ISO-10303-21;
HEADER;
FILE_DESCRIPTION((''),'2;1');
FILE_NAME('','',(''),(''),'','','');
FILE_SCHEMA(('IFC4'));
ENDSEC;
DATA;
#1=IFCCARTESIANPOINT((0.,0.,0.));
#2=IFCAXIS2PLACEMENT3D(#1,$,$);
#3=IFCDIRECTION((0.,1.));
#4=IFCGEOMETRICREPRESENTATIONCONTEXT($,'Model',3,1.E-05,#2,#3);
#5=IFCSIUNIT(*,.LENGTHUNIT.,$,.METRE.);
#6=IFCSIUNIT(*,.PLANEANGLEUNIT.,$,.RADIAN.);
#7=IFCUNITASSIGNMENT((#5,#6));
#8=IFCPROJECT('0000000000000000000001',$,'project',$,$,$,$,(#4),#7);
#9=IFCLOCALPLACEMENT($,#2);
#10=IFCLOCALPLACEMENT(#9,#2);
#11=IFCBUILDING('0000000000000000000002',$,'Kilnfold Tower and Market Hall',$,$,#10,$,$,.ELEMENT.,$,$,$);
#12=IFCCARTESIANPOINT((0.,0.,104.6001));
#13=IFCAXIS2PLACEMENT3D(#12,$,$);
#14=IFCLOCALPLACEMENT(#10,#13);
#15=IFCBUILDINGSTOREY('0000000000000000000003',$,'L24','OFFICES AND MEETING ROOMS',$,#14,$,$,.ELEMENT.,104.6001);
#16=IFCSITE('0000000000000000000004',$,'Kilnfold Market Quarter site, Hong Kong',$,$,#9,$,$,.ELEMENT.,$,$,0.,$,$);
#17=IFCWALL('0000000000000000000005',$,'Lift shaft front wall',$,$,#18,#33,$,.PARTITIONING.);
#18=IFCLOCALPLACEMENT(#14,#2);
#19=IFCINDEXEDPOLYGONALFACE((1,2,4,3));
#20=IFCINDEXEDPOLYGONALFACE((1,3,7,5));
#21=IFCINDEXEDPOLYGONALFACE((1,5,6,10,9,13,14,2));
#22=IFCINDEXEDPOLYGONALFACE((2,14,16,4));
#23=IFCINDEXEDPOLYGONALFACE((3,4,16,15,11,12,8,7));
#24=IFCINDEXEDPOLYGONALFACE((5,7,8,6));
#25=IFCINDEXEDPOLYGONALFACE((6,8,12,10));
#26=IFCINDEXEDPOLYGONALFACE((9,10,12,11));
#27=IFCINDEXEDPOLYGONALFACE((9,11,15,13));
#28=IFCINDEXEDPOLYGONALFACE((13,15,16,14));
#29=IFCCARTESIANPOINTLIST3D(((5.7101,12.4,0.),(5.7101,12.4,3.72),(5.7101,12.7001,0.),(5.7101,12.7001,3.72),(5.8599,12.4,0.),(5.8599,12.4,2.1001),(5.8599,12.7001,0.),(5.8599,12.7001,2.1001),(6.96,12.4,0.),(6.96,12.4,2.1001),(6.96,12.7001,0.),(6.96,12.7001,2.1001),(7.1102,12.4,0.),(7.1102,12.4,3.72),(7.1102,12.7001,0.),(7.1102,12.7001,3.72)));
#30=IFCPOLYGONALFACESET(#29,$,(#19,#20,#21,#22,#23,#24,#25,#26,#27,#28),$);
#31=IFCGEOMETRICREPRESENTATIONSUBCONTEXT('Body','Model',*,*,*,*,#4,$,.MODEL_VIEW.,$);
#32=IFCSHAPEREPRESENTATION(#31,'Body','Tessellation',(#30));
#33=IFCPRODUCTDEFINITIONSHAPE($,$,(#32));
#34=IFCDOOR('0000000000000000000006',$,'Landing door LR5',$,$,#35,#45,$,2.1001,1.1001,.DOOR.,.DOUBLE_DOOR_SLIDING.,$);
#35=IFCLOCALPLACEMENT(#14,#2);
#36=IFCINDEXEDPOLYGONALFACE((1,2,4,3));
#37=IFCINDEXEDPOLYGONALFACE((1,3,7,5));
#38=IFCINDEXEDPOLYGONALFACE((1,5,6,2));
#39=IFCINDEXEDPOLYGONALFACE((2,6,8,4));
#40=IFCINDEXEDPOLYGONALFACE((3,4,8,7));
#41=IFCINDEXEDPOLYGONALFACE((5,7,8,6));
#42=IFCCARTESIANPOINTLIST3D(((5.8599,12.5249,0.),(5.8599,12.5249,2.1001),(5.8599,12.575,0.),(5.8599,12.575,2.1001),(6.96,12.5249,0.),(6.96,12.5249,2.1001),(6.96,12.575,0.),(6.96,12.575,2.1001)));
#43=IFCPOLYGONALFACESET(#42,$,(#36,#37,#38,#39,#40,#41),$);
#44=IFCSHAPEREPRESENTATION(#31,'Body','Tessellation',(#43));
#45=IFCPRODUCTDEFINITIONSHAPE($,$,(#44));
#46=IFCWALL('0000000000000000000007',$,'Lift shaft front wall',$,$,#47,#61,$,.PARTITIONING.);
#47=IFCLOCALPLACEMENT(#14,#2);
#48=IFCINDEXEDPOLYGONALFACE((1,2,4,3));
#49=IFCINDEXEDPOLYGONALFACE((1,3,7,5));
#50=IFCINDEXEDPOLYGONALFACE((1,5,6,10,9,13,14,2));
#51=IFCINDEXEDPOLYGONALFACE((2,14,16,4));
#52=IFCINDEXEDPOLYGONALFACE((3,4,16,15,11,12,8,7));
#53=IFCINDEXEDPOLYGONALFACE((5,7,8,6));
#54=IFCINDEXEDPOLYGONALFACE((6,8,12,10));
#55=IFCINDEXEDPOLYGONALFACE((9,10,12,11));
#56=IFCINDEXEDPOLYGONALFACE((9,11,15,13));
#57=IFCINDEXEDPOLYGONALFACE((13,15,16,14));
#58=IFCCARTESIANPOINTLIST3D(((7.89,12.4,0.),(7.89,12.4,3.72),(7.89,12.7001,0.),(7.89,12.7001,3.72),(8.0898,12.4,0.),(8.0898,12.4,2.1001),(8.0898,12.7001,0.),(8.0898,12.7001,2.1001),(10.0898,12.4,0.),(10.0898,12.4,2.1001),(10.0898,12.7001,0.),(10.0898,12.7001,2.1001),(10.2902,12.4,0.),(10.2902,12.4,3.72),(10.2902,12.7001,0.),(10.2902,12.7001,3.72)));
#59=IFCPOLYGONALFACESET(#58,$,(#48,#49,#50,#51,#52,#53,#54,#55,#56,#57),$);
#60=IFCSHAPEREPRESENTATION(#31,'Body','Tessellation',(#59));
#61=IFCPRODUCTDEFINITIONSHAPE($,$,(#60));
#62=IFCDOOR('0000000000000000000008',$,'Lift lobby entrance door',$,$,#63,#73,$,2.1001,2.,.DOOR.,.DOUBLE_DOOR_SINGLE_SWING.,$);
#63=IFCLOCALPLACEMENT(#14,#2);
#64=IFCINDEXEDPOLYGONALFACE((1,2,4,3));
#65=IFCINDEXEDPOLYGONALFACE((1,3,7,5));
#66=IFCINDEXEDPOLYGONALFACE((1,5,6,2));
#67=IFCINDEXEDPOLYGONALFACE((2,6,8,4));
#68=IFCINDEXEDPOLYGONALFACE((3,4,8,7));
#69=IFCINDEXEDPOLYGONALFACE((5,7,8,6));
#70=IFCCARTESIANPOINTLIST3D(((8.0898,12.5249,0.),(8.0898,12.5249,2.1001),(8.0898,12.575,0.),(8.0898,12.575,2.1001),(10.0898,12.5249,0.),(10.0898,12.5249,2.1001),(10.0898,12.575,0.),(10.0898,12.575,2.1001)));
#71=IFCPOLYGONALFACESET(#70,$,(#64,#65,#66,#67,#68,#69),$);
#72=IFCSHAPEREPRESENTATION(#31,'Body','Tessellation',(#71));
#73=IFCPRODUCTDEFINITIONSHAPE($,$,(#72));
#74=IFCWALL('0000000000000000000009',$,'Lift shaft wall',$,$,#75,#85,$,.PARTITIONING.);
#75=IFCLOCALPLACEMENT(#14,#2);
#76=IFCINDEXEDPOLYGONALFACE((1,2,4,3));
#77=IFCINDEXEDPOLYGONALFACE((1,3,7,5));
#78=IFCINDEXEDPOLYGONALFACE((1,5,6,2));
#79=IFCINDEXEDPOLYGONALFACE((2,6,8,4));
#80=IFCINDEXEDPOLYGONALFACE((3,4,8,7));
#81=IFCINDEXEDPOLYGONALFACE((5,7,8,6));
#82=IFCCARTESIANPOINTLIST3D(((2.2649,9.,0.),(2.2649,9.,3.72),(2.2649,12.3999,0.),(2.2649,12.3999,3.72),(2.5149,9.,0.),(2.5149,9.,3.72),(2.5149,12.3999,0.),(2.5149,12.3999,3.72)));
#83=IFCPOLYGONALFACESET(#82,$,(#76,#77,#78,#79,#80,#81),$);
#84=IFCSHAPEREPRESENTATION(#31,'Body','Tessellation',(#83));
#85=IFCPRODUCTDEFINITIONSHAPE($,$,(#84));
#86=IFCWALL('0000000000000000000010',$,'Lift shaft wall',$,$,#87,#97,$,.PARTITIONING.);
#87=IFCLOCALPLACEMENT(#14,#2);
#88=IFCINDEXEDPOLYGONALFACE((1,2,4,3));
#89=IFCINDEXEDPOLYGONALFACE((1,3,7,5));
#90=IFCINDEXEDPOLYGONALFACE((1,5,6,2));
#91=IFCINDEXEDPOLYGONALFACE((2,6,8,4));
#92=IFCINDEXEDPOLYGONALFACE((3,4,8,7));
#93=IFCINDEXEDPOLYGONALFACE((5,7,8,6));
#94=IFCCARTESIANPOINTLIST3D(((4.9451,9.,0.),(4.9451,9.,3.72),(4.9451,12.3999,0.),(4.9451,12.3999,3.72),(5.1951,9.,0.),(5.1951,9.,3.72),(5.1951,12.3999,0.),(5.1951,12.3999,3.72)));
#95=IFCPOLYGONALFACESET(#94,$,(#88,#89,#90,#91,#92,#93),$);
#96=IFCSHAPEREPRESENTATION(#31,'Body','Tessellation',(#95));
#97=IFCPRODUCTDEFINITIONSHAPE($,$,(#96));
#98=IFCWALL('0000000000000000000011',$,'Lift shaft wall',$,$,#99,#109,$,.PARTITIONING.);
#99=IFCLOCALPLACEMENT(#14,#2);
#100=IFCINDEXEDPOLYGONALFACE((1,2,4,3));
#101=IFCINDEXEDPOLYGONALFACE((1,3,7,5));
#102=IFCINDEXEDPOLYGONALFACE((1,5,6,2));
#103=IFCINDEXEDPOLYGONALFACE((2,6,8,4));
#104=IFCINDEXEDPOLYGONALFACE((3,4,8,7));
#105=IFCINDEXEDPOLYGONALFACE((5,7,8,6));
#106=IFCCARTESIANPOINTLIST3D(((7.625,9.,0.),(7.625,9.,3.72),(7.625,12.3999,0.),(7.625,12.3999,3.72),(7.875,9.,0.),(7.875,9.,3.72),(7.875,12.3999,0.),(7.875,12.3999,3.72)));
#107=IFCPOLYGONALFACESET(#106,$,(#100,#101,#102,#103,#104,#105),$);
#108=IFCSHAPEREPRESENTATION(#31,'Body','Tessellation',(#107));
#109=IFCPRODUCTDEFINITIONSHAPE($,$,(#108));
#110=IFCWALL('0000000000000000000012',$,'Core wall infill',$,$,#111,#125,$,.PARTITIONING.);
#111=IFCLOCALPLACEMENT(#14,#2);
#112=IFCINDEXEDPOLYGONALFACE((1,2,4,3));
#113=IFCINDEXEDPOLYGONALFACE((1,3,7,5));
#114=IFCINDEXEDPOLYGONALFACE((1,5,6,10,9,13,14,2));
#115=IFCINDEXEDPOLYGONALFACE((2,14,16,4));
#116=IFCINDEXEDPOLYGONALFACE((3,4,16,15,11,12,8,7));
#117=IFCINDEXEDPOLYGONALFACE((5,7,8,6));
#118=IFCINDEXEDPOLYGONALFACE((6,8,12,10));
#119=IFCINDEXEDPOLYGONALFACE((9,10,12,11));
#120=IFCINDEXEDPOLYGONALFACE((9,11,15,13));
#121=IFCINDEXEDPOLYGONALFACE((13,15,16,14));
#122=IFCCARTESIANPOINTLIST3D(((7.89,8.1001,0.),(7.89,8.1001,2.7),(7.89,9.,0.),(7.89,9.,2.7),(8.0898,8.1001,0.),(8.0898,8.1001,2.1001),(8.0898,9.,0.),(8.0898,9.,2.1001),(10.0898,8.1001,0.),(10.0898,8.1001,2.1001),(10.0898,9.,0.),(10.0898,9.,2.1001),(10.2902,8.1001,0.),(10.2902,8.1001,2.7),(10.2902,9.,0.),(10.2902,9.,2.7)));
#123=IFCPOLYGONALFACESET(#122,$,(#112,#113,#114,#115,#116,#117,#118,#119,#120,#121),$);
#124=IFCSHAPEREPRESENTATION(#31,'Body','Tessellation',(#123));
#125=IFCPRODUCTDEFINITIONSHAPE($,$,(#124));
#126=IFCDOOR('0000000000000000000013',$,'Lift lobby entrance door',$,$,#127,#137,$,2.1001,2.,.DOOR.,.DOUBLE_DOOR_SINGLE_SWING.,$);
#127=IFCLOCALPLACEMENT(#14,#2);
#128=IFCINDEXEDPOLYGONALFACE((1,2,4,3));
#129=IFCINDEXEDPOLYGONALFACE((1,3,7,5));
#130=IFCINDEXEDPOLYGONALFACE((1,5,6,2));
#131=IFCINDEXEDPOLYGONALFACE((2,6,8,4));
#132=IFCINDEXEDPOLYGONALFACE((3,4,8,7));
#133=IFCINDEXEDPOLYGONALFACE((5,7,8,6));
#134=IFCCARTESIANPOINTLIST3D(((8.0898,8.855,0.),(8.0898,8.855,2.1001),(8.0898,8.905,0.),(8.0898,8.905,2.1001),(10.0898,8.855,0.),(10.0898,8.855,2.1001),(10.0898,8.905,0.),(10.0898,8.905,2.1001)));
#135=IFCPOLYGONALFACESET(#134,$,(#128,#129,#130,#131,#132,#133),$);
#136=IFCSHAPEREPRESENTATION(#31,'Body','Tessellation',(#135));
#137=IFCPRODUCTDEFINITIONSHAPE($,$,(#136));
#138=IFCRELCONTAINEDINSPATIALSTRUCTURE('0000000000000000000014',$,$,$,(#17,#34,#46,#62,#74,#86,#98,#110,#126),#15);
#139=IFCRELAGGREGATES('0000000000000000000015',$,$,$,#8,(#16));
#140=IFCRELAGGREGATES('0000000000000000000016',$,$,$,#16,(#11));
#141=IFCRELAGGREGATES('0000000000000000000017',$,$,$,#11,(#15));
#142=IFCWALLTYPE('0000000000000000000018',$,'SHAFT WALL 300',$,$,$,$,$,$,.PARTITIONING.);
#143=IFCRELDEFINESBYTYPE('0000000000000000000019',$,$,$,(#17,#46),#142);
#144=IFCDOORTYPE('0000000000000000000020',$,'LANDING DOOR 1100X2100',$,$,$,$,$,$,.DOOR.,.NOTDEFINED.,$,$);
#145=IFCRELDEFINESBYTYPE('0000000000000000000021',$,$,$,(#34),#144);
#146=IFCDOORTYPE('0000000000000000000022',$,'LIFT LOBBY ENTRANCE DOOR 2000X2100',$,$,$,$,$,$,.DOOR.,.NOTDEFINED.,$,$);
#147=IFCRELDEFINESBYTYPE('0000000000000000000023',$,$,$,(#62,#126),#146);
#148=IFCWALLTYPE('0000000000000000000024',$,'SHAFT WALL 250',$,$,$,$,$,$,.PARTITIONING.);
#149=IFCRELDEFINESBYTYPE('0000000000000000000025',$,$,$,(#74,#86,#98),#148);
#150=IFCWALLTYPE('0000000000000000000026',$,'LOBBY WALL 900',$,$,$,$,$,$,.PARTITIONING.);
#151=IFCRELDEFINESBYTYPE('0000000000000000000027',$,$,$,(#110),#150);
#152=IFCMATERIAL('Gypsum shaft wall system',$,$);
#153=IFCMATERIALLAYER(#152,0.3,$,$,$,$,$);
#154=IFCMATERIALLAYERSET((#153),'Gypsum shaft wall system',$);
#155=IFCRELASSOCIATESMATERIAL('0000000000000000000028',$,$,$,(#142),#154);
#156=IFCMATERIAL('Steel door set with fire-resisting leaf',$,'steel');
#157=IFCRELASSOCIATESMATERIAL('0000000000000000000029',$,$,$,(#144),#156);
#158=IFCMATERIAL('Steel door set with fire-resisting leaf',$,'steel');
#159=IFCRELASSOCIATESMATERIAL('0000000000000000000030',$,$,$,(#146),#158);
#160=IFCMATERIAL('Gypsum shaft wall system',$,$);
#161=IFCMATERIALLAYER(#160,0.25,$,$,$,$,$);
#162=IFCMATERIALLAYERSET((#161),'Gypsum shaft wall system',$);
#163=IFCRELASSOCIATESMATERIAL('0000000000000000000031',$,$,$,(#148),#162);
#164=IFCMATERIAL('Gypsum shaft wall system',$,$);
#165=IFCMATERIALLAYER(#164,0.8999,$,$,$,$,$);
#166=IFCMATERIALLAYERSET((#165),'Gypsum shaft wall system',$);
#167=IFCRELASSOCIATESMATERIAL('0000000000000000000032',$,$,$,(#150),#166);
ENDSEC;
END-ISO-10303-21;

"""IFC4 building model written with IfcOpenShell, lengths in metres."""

from ifc_helpers import new_model, si_unit, direction, frame, frame_2d, origin, place, context, subcontext, project, spatial, rectangle, extrude, source, transform, mapped, material, layer, layer_set, type_object, element, fill, save


model = new_model("IFC4")

# Units and contexts
model_context = context("Model", 3, precision=1e-05, world=origin(), true_north=direction((0.0, 1.0)))
body_context = subcontext(model_context, "Body", "Model", "MODEL_VIEW")
ifc_project = project(units=[si_unit("LENGTHUNIT", "METRE"), si_unit("PLANEANGLEUNIT", "RADIAN")], contexts=[model_context])

# Site, building, storey
site_placement = place(None, origin())
site = spatial("IfcSite", under=ifc_project, at=site_placement, Name="Kilnfold Market Quarter site, Hong Kong", CompositionType="ELEMENT", RefElevation=0.0)
building_placement = place(site_placement, origin())
building = spatial("IfcBuilding", under=site, at=building_placement, Name="Kilnfold Tower and Market Hall", CompositionType="ELEMENT")
storey_placement = place(building_placement, frame((0.0, 0.0, 104.6001)))
storey = spatial("IfcBuildingStorey", under=building, at=storey_placement, Name="L24", Description="OFFICES AND MEETING ROOMS", CompositionType="ELEMENT", Elevation=104.6001)

# Shared definitions
ifc_material_1 = material(Name="Gypsum shaft wall system")
ifc_layer_1 = layer(ifc_material_1, 0.3)
ifc_layer_set_1 = layer_set([ifc_layer_1], Name="Gypsum shaft wall system")
wall_type_1 = type_object("IfcWallType", Name="SHAFT WALL 300", PredefinedType="PARTITIONING", material=ifc_layer_set_1)
ifc_material_2 = material(Name="Steel door set with fire-resisting leaf", Category="steel")
door_type_1 = type_object("IfcDoorType", Name="LANDING DOOR 1100X2100", OperationType="NOTDEFINED", PredefinedType="DOOR", material=ifc_material_2)

# Walls, openings, doors
shared_shape_1 = source(origin(), body_context, "Body", "SweptSolid", [
    extrude(rectangle(XDim=1.4001, YDim=0.3, at=frame_2d((0.7002, 0.0))), origin(), (0.0, 0.0, 1.0), 3.72),
])
wall_1_placement = place(storey_placement, frame((5.71, 12.55, 0.0), z_axis=(0.0, 0.0, 1.0), x_axis=(1.0, 0.0, 0.0)))
wall_1 = element("IfcWall", 1, at=wall_1_placement, inside=storey, type_object=wall_type_1, Name="Lift shaft front wall", PredefinedType="PARTITIONING", context=body_context, shape_type="MappedRepresentation", body=[
    mapped(shared_shape_1, transform((0.0, 0.0, 0.0))),
])
opening_1_placement = place(wall_1_placement, frame((0.1499, 0.0, 0.0)))
opening_1 = element("IfcOpeningElement", 2, at=opening_1_placement, cuts=wall_1, PredefinedType="OPENING", context=body_context, shape_type="SweptSolid", body=[
    extrude(rectangle(XDim=1.1001, YDim=2.1001, at=frame_2d((0.55, 1.05))), frame((0.0, 0.1602, 0.0), z_axis=(0.0, -1.0, 0.0), x_axis=(1.0, 0.0, 0.0)), (0.0, 0.0, 1.0), 0.3201),
])
door_1_placement = place(opening_1_placement, origin())
door_1 = element("IfcDoor", 3, at=door_1_placement, inside=storey, type_object=door_type_1, Name="Landing door LR5", OperationType="DOUBLE_DOOR_SLIDING", OverallHeight=2.1001, OverallWidth=1.1001, PredefinedType="DOOR", context=body_context, shape_type="SweptSolid", body=[
    extrude(rectangle(XDim=1.1001, YDim=2.1001, at=frame_2d((0.55, 1.05))), frame((0.0, 0.0249, 0.0), z_axis=(0.0, -1.0, 0.0), x_axis=(1.0, 0.0, 0.0)), (0.0, 0.0, 1.0), 0.05),
])
fill(opening_1, door_1)
shared_shape_2 = source(origin(), body_context, "Body", "SweptSolid", [
    extrude(rectangle(XDim=2.4001, YDim=0.3, at=frame_2d((1.2002, 0.0))), origin(), (0.0, 0.0, 1.0), 3.72),
])
wall_2_placement = place(storey_placement, frame((7.8899, 12.55, 0.0), z_axis=(0.0, 0.0, 1.0), x_axis=(1.0, 0.0, 0.0)))
wall_2 = element("IfcWall", 4, at=wall_2_placement, inside=storey, type_object=wall_type_1, Name="Lift shaft front wall", PredefinedType="PARTITIONING", context=body_context, shape_type="MappedRepresentation", body=[
    mapped(shared_shape_2, transform((0.0, 0.0, 0.0))),
])
opening_2_placement = place(wall_2_placement, frame((0.2, 0.0, 0.0)))
opening_2 = element("IfcOpeningElement", 5, at=opening_2_placement, cuts=wall_2, PredefinedType="OPENING", context=body_context, shape_type="SweptSolid", body=[
    extrude(rectangle(XDim=2.0, YDim=2.1001, at=frame_2d((1.0, 1.05))), frame((0.0, 0.1602, 0.0), z_axis=(0.0, -1.0, 0.0), x_axis=(1.0, 0.0, 0.0)), (0.0, 0.0, 1.0), 0.3201),
])
ifc_material_3 = material(Name="Steel door set with fire-resisting leaf", Category="steel")
door_type_2 = type_object("IfcDoorType", Name="LIFT LOBBY ENTRANCE DOOR 2000X2100", OperationType="NOTDEFINED", PredefinedType="DOOR", material=ifc_material_3)
door_2_placement = place(opening_2_placement, origin())
door_2 = element("IfcDoor", 6, at=door_2_placement, inside=storey, type_object=door_type_2, Name="Lift lobby entrance door", OperationType="DOUBLE_DOOR_SINGLE_SWING", OverallHeight=2.1001, OverallWidth=2.0, PredefinedType="DOOR", context=body_context, shape_type="SweptSolid", body=[
    extrude(rectangle(XDim=2.0, YDim=2.1001, at=frame_2d((1.0, 1.05))), frame((0.0, 0.0249, 0.0), z_axis=(0.0, -1.0, 0.0), x_axis=(1.0, 0.0, 0.0)), (0.0, 0.0, 1.0), 0.05),
])
fill(opening_2, door_2)

# Walls
ifc_material_4 = material(Name="Gypsum shaft wall system")
ifc_layer_2 = layer(ifc_material_4, 0.25)
ifc_layer_set_2 = layer_set([ifc_layer_2], Name="Gypsum shaft wall system")
wall_type_2 = type_object("IfcWallType", Name="SHAFT WALL 250", PredefinedType="PARTITIONING", material=ifc_layer_set_2)
shared_shape_3 = source(origin(), body_context, "Body", "SweptSolid", [
    extrude(rectangle(XDim=3.3999, YDim=0.25, at=frame_2d((1.7, 0.0))), origin(), (0.0, 0.0, 1.0), 3.72),
])
for number, where, z_axis, x_axis, name in (
    (7, (2.3899, 9.0, 0.0), (0.0, 0.0, 1.0), (0.0, 1.0, 0.0), "Lift shaft wall"),
    (8, (5.0701, 9.0, 0.0), (0.0, 0.0, 1.0), (0.0, 1.0, 0.0), "Lift shaft wall"),
    (9, (7.75, 9.0, 0.0), (0.0, 0.0, 1.0), (0.0, 1.0, 0.0), "Lift shaft wall"),
):
    element("IfcWall", number, at=place(storey_placement, frame(where, z_axis=z_axis, x_axis=x_axis)), inside=storey, type_object=wall_type_2, Name=name, PredefinedType="PARTITIONING", context=body_context, shape_type="MappedRepresentation", body=[
        mapped(shared_shape_3, transform((0.0, 0.0, 0.0))),
    ])

# Wall, opening, door
ifc_material_5 = material(Name="Gypsum shaft wall system")
ifc_layer_3 = layer(ifc_material_5, 0.8999)
ifc_layer_set_3 = layer_set([ifc_layer_3], Name="Gypsum shaft wall system")
wall_type_3 = type_object("IfcWallType", Name="LOBBY WALL 900", PredefinedType="PARTITIONING", material=ifc_layer_set_3)
shared_shape_4 = source(origin(), body_context, "Body", "SweptSolid", [
    extrude(rectangle(XDim=2.4001, YDim=0.8999, at=frame_2d((1.2002, 0.0))), origin(), (0.0, 0.0, 1.0), 2.7),
])
wall_3_placement = place(storey_placement, frame((7.8899, 8.55, 0.0), z_axis=(0.0, 0.0, 1.0), x_axis=(1.0, 0.0, 0.0)))
wall_3 = element("IfcWall", 10, at=wall_3_placement, inside=storey, type_object=wall_type_3, Name="Core wall infill", PredefinedType="PARTITIONING", context=body_context, shape_type="MappedRepresentation", body=[
    mapped(shared_shape_4, transform((0.0, 0.0, 0.0))),
])
opening_3_placement = place(wall_3_placement, frame((0.2, 0.0, 0.0)))
opening_3 = element("IfcOpeningElement", 11, at=opening_3_placement, cuts=wall_3, PredefinedType="OPENING", context=body_context, shape_type="SweptSolid", body=[
    extrude(rectangle(XDim=2.0, YDim=2.1001, at=frame_2d((1.0, 1.05))), frame((0.0, 0.46, 0.0), z_axis=(0.0, -1.0, 0.0), x_axis=(1.0, 0.0, 0.0)), (0.0, 0.0, 1.0), 0.9199),
])
door_3_placement = place(opening_3_placement, origin())
door_3 = element("IfcDoor", 12, at=door_3_placement, inside=storey, type_object=door_type_2, Name="Lift lobby entrance door", OperationType="DOUBLE_DOOR_SINGLE_SWING", OverallHeight=2.1001, OverallWidth=2.0, PredefinedType="DOOR", context=body_context, shape_type="SweptSolid", body=[
    extrude(rectangle(XDim=2.0, YDim=2.1001, at=frame_2d((1.0, 1.05))), frame((0.0, 0.355, 0.0), z_axis=(0.0, -1.0, 0.0), x_axis=(1.0, 0.0, 0.0)), (0.0, 0.0, 1.0), 0.05),
])
fill(opening_3, door_3)

save(model, "model.ifc")
